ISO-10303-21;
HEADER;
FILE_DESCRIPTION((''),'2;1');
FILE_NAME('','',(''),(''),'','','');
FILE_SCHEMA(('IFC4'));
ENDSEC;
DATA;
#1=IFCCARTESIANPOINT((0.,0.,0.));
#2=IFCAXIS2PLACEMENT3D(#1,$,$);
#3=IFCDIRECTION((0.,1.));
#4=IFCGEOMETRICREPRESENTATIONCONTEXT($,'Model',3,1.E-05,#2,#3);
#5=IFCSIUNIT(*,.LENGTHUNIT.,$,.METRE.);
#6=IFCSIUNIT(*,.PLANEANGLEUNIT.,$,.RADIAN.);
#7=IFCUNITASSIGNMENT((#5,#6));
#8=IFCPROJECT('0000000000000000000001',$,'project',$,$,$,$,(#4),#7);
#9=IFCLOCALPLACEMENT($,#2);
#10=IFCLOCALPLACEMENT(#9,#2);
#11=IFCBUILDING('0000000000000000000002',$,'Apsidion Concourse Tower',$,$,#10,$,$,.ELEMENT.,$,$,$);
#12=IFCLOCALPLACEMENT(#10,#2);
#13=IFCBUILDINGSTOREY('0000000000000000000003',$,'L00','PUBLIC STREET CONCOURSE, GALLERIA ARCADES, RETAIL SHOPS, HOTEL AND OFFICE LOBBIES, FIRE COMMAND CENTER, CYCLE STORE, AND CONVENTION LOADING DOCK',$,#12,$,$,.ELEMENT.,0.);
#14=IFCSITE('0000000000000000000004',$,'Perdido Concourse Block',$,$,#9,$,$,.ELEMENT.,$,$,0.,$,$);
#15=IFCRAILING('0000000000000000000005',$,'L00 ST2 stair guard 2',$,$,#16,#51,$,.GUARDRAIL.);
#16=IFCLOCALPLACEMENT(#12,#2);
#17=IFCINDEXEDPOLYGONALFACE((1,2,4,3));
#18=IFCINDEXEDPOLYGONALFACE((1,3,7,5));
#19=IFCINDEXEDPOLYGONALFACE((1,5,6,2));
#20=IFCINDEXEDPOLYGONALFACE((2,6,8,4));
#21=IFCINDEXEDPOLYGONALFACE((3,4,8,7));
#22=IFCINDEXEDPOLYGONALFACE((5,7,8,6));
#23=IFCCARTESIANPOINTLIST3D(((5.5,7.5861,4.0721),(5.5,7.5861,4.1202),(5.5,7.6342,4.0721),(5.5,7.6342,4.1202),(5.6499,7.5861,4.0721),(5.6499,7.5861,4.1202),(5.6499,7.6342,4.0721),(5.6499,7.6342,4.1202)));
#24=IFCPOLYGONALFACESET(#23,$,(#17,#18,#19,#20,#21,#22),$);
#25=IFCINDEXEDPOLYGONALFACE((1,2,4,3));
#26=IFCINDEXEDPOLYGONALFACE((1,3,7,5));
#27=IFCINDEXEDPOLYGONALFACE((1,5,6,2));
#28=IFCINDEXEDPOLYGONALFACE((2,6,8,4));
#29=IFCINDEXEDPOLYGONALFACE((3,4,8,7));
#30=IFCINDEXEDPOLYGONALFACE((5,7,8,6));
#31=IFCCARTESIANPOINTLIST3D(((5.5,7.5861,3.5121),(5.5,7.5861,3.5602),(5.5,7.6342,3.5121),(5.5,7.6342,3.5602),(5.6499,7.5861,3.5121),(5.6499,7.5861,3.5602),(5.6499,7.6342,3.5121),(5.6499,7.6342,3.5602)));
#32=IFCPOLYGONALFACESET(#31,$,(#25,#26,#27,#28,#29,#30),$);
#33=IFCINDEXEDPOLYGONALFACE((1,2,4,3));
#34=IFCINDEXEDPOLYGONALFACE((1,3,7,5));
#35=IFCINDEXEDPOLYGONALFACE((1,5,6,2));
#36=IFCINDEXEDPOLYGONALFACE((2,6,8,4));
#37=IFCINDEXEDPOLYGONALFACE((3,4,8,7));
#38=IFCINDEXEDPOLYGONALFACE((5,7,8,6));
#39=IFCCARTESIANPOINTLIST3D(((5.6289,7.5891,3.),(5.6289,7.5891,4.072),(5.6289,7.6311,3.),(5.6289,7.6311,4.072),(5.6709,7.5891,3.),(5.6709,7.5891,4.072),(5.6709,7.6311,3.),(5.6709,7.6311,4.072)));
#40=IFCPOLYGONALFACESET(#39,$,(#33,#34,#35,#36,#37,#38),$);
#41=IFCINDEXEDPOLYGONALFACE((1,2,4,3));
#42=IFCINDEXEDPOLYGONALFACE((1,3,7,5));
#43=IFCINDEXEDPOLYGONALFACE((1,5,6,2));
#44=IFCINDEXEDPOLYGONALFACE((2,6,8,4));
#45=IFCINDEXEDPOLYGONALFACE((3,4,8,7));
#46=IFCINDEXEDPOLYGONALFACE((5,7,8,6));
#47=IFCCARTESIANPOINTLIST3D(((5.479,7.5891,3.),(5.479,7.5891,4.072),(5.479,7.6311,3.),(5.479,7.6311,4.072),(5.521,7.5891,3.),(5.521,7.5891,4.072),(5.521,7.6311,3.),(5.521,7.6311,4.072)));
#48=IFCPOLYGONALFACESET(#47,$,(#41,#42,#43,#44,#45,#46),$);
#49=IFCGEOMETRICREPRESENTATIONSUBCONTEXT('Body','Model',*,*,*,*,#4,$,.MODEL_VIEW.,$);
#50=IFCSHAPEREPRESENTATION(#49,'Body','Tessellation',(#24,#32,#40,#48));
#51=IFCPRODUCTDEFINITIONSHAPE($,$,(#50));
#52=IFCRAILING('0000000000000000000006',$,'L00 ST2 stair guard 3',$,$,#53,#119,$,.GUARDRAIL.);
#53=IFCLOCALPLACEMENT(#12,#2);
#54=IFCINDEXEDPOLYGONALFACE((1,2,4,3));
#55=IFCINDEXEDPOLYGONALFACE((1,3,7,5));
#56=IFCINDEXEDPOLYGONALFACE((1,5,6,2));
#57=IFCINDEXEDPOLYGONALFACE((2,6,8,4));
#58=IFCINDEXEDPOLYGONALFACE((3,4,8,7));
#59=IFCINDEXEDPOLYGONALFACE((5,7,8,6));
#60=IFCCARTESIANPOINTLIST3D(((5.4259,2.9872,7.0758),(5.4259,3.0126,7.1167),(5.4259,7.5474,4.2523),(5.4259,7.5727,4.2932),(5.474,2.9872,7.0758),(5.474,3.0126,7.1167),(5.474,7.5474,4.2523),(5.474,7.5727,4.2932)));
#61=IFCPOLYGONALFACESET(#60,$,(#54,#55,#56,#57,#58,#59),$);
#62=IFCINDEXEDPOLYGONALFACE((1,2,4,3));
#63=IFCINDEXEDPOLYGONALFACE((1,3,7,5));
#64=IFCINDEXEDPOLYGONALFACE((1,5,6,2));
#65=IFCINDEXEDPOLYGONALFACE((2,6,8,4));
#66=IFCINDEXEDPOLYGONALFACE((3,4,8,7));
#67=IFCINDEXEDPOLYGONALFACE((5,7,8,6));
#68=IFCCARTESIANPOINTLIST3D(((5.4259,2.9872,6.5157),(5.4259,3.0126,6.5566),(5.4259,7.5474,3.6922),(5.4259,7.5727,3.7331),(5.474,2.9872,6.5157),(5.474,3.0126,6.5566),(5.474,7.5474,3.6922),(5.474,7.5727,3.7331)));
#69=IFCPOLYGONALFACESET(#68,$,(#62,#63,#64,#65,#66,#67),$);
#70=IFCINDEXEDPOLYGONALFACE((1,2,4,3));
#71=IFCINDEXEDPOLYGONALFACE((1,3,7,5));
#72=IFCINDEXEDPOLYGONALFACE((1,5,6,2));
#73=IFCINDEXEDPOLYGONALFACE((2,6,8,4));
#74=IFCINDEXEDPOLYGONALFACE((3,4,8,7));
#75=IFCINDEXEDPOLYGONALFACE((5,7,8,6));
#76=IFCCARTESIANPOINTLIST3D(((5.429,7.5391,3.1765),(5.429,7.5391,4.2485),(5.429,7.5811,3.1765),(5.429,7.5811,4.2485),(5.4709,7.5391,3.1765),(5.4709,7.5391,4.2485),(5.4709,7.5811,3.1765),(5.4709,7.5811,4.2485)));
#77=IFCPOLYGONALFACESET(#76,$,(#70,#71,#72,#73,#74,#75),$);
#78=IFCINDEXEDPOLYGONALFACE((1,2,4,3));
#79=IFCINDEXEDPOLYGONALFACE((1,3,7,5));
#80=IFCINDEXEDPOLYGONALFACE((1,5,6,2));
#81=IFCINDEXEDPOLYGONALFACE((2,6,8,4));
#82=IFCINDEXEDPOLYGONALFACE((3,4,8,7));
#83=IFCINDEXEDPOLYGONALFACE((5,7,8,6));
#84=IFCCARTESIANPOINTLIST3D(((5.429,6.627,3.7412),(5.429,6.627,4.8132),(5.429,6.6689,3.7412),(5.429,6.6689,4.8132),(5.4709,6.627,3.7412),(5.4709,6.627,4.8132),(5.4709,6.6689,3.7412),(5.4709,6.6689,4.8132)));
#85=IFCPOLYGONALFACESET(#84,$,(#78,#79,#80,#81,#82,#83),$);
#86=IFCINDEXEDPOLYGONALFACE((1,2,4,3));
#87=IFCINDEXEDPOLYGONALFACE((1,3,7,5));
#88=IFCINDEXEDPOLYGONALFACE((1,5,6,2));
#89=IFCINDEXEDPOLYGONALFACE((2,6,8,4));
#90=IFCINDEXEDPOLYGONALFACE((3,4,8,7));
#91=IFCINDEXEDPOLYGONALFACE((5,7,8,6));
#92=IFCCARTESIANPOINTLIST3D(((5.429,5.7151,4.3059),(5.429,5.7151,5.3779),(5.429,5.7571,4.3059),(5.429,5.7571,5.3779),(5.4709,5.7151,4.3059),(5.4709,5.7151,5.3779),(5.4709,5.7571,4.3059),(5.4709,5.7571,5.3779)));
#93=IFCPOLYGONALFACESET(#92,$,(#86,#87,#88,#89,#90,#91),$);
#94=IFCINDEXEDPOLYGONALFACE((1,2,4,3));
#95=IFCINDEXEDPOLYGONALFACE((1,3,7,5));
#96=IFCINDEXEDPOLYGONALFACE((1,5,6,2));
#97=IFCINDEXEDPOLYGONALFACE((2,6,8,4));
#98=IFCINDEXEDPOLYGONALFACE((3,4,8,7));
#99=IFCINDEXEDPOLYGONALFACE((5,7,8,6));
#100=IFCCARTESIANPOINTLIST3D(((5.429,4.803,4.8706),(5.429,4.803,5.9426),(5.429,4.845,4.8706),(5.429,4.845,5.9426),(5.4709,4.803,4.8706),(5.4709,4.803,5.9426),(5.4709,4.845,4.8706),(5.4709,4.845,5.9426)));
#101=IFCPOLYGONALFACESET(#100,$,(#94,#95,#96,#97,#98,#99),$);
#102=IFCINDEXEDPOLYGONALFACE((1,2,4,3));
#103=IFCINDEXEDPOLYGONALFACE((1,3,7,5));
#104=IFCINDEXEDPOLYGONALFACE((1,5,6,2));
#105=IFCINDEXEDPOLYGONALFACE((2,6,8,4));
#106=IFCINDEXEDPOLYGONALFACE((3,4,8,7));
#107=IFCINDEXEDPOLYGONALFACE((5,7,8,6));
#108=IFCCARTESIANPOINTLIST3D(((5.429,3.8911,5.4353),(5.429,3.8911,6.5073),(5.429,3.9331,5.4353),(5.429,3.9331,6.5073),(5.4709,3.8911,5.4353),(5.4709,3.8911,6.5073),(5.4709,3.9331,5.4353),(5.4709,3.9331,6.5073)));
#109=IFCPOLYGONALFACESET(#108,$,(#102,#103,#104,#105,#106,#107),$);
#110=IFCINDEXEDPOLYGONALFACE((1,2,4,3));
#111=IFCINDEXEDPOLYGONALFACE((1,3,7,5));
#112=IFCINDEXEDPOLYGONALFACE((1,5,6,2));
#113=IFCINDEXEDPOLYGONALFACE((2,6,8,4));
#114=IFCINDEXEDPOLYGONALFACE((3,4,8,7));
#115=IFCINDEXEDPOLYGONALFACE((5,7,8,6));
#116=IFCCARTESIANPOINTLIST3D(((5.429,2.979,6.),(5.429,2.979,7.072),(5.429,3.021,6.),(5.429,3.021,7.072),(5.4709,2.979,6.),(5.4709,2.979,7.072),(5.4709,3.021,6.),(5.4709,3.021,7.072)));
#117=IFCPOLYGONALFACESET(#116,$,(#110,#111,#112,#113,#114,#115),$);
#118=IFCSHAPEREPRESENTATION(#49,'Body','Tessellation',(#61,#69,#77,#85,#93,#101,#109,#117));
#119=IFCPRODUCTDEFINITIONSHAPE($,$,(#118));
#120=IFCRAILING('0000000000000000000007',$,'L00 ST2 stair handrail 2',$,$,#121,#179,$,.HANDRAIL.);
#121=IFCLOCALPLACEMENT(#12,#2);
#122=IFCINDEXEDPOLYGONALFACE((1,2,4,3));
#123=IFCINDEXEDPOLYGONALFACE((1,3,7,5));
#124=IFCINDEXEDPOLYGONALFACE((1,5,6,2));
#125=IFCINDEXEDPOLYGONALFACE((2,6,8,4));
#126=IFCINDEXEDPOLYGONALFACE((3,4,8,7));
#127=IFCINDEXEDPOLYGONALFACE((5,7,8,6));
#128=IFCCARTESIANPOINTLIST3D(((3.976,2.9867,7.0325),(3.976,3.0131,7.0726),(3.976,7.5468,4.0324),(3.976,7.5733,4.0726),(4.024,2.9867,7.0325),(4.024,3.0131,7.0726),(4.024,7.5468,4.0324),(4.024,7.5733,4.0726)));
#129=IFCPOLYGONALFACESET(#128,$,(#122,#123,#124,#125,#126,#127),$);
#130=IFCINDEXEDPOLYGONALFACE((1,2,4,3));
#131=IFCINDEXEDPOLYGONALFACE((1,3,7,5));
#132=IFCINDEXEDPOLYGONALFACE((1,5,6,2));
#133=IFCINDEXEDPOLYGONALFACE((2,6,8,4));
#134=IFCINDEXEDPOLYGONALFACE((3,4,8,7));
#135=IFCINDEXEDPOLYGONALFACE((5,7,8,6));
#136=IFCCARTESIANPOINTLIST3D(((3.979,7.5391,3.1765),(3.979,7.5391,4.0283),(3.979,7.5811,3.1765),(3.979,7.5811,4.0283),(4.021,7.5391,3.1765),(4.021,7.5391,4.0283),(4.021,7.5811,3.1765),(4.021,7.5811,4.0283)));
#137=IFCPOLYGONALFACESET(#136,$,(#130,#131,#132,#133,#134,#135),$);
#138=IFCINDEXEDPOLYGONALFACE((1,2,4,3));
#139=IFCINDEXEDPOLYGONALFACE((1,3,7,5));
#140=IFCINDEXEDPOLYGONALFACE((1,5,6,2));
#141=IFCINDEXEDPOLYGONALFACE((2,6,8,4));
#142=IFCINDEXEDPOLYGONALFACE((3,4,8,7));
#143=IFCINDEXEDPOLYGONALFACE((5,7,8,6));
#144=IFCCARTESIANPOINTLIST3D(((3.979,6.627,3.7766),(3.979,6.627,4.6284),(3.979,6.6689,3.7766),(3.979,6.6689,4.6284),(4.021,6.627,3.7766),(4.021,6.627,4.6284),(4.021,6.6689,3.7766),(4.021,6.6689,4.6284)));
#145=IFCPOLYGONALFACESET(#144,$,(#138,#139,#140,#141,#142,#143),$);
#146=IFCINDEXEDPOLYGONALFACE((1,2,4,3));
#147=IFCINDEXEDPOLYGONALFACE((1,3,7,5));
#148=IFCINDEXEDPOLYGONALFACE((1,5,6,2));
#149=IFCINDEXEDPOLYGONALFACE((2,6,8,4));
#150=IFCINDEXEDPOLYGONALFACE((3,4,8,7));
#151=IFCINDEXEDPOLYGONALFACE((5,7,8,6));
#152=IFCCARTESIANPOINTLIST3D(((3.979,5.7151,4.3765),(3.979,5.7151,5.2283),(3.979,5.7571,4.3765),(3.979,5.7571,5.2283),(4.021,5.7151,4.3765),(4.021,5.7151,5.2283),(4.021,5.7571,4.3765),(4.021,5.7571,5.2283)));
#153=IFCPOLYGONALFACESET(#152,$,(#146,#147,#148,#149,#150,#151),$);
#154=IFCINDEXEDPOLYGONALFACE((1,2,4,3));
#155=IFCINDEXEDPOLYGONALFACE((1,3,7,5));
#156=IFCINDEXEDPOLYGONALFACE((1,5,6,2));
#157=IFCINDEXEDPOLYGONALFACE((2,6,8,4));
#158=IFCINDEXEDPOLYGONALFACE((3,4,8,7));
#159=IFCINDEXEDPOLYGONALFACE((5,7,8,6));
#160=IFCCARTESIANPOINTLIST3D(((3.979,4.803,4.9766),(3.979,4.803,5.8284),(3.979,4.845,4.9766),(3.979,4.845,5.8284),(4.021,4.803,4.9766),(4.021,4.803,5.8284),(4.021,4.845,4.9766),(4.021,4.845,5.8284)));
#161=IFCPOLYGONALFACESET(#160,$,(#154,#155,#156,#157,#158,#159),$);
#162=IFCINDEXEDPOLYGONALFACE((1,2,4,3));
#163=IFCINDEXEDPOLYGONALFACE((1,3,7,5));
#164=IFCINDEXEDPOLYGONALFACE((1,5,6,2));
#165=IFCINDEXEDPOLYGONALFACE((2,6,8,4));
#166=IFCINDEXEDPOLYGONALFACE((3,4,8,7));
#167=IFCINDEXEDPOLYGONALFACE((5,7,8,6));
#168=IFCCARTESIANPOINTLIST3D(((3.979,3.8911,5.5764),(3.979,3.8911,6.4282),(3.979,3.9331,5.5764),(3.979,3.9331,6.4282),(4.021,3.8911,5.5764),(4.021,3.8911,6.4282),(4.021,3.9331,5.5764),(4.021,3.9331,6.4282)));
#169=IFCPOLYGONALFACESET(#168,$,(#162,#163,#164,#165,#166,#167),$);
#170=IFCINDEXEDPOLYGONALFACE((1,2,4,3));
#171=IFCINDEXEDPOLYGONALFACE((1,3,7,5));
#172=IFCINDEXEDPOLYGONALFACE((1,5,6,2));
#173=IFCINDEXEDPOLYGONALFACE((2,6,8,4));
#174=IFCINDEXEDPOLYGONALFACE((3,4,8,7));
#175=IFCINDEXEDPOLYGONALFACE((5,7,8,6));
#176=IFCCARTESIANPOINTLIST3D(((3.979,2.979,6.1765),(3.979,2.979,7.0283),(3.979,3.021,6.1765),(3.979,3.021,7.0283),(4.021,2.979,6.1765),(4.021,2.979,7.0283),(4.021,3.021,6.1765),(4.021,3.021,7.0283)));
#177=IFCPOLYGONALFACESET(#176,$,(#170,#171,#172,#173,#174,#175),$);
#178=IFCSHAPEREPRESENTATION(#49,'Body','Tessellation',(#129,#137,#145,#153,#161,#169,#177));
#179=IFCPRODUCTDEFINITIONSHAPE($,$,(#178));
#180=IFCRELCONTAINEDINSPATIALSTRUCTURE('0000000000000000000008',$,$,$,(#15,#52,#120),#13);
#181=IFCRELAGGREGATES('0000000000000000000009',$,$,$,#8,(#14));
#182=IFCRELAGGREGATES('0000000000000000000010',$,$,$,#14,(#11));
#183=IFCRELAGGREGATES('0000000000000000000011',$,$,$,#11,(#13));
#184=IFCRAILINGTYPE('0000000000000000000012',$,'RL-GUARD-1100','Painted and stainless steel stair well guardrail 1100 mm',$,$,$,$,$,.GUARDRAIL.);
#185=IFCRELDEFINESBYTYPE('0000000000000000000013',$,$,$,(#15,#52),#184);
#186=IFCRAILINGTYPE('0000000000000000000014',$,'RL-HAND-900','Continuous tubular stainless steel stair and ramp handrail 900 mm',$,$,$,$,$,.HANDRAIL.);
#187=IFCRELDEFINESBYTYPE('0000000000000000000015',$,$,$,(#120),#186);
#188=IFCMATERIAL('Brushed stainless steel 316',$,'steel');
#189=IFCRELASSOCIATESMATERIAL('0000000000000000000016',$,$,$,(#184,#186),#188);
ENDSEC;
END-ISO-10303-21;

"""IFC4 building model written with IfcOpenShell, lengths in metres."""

from ifc_helpers import new_model, si_unit, direction, frame, origin, origin_2d, place, context, subcontext, project, spatial, rectangle, extrude, material, type_object, element, save


model = new_model("IFC4")

# Units and contexts
model_context = context("Model", 3, precision=1e-05, world=origin(), true_north=direction((0.0, 1.0)))
body_context = subcontext(model_context, "Body", "Model", "MODEL_VIEW")
ifc_project = project(units=[si_unit("LENGTHUNIT", "METRE"), si_unit("PLANEANGLEUNIT", "RADIAN")], contexts=[model_context])

# Site, building, storey
site_placement = place(None, origin())
site = spatial("IfcSite", under=ifc_project, at=site_placement, Name="Perdido Concourse Block", CompositionType="ELEMENT", RefElevation=0.0)
building_placement = place(site_placement, origin())
building = spatial("IfcBuilding", under=site, at=building_placement, Name="Apsidion Concourse Tower", CompositionType="ELEMENT")
storey_placement = place(building_placement, origin())
storey = spatial("IfcBuildingStorey", under=building, at=storey_placement, Name="L00", Description="PUBLIC STREET CONCOURSE, GALLERIA ARCADES, RETAIL SHOPS, HOTEL AND OFFICE LOBBIES, FIRE COMMAND CENTER, CYCLE STORE, AND CONVENTION LOADING DOCK", CompositionType="ELEMENT", Elevation=0.0)

# Railings
ifc_material_1 = material(Name="Brushed stainless steel 316", Category="steel")
railing_type_1 = type_object("IfcRailingType", Name="RL-GUARD-1100", Description="Painted and stainless steel stair well guardrail 1100 mm", PredefinedType="GUARDRAIL", material=ifc_material_1)
railing_1_placement = place(storey_placement, frame((5.6499, 7.6101, 3.0)))
element("IfcRailing", 1, at=railing_1_placement, inside=storey, type_object=railing_type_1, Name="L00 ST2 stair guard 2", PredefinedType="GUARDRAIL", context=body_context, shape_type="SweptSolid", body=[
    extrude(rectangle(XDim=0.0481, YDim=0.0481, at=origin_2d()), frame((0.0, 0.0, 1.0962), z_axis=(-1.0, 0.0, 0.0), x_axis=(0.0, -1.0, 0.0)), (0.0, 0.0, 1.0), 0.1499),
    extrude(rectangle(XDim=0.0481, YDim=0.0481, at=origin_2d()), frame((0.0, 0.0, 0.5361), z_axis=(-1.0, 0.0, 0.0), x_axis=(0.0, -1.0, 0.0)), (0.0, 0.0, 1.0), 0.1499),
    extrude(rectangle(XDim=0.042, YDim=0.042, at=origin_2d()), origin(), (0.0, 0.0, 1.0), 1.072),
    extrude(rectangle(XDim=0.042, YDim=0.042, at=origin_2d()), frame((-0.1499, 0.0, 0.0)), (0.0, 0.0, 1.0), 1.072),
])
railing_2_placement = place(storey_placement, frame((5.45, 7.5601, 3.1765)))
element("IfcRailing", 2, at=railing_2_placement, inside=storey, type_object=railing_type_1, Name="L00 ST2 stair guard 3", PredefinedType="GUARDRAIL", context=body_context, shape_type="SweptSolid", body=[
    extrude(rectangle(XDim=0.0481, YDim=0.0481, at=origin_2d()), frame((0.0, 0.0, 1.0962), z_axis=(0.0, -0.850216, 0.526435), x_axis=(1.0, 0.0, 0.0)), (0.0, 0.0, 1.0), 5.3635),
    extrude(rectangle(XDim=0.0481, YDim=0.0481, at=origin_2d()), frame((0.0, 0.0, 0.5361), z_axis=(0.0, -0.850216, 0.526435), x_axis=(1.0, 0.0, 0.0)), (0.0, 0.0, 1.0), 5.3635),
    extrude(rectangle(XDim=0.042, YDim=0.042, at=origin_2d()), origin(), (0.0, 0.0, 1.0), 1.072),
    extrude(rectangle(XDim=0.042, YDim=0.042, at=origin_2d()), frame((0.0, -0.9121, 0.5647)), (0.0, 0.0, 1.0), 1.072),
    extrude(rectangle(XDim=0.042, YDim=0.042, at=origin_2d()), frame((0.0, -1.824, 1.1294)), (0.0, 0.0, 1.0), 1.072),
    extrude(rectangle(XDim=0.042, YDim=0.042, at=origin_2d()), frame((0.0, -2.7361, 1.6941)), (0.0, 0.0, 1.0), 1.072),
    extrude(rectangle(XDim=0.042, YDim=0.042, at=origin_2d()), frame((0.0, -3.6479, 2.2588)), (0.0, 0.0, 1.0), 1.072),
    extrude(rectangle(XDim=0.042, YDim=0.042, at=origin_2d()), frame((0.0, -4.5601, 2.8235)), (0.0, 0.0, 1.0), 1.072),
])
railing_type_2 = type_object("IfcRailingType", Name="RL-HAND-900", Description="Continuous tubular stainless steel stair and ramp handrail 900 mm", PredefinedType="HANDRAIL", material=ifc_material_1)
railing_3_placement = place(storey_placement, frame((4.0, 7.5601, 3.1765)))
element("IfcRailing", 3, at=railing_3_placement, inside=storey, type_object=railing_type_2, Name="L00 ST2 stair handrail 2", PredefinedType="HANDRAIL", context=body_context, shape_type="SweptSolid", body=[
    extrude(rectangle(XDim=0.0481, YDim=0.0481, at=origin_2d()), frame((0.0, 0.0, 0.876), z_axis=(0.0, -0.83542, 0.549612), x_axis=(1.0, 0.0, 0.0)), (0.0, 0.0, 1.0), 5.4585),
    extrude(rectangle(XDim=0.042, YDim=0.042, at=origin_2d()), origin(), (0.0, 0.0, 1.0), 0.8518),
    extrude(rectangle(XDim=0.042, YDim=0.042, at=origin_2d()), frame((0.0, -0.9121, 0.6001)), (0.0, 0.0, 1.0), 0.8518),
    extrude(rectangle(XDim=0.042, YDim=0.042, at=origin_2d()), frame((0.0, -1.824, 1.2)), (0.0, 0.0, 1.0), 0.8518),
    extrude(rectangle(XDim=0.042, YDim=0.042, at=origin_2d()), frame((0.0, -2.7361, 1.8)), (0.0, 0.0, 1.0), 0.8518),
    extrude(rectangle(XDim=0.042, YDim=0.042, at=origin_2d()), frame((0.0, -3.6479, 2.3999)), (0.0, 0.0, 1.0), 0.8518),
    extrude(rectangle(XDim=0.042, YDim=0.042, at=origin_2d()), frame((0.0, -4.5601, 3.0)), (0.0, 0.0, 1.0), 0.8518),
])

save(model, "model.ifc")
